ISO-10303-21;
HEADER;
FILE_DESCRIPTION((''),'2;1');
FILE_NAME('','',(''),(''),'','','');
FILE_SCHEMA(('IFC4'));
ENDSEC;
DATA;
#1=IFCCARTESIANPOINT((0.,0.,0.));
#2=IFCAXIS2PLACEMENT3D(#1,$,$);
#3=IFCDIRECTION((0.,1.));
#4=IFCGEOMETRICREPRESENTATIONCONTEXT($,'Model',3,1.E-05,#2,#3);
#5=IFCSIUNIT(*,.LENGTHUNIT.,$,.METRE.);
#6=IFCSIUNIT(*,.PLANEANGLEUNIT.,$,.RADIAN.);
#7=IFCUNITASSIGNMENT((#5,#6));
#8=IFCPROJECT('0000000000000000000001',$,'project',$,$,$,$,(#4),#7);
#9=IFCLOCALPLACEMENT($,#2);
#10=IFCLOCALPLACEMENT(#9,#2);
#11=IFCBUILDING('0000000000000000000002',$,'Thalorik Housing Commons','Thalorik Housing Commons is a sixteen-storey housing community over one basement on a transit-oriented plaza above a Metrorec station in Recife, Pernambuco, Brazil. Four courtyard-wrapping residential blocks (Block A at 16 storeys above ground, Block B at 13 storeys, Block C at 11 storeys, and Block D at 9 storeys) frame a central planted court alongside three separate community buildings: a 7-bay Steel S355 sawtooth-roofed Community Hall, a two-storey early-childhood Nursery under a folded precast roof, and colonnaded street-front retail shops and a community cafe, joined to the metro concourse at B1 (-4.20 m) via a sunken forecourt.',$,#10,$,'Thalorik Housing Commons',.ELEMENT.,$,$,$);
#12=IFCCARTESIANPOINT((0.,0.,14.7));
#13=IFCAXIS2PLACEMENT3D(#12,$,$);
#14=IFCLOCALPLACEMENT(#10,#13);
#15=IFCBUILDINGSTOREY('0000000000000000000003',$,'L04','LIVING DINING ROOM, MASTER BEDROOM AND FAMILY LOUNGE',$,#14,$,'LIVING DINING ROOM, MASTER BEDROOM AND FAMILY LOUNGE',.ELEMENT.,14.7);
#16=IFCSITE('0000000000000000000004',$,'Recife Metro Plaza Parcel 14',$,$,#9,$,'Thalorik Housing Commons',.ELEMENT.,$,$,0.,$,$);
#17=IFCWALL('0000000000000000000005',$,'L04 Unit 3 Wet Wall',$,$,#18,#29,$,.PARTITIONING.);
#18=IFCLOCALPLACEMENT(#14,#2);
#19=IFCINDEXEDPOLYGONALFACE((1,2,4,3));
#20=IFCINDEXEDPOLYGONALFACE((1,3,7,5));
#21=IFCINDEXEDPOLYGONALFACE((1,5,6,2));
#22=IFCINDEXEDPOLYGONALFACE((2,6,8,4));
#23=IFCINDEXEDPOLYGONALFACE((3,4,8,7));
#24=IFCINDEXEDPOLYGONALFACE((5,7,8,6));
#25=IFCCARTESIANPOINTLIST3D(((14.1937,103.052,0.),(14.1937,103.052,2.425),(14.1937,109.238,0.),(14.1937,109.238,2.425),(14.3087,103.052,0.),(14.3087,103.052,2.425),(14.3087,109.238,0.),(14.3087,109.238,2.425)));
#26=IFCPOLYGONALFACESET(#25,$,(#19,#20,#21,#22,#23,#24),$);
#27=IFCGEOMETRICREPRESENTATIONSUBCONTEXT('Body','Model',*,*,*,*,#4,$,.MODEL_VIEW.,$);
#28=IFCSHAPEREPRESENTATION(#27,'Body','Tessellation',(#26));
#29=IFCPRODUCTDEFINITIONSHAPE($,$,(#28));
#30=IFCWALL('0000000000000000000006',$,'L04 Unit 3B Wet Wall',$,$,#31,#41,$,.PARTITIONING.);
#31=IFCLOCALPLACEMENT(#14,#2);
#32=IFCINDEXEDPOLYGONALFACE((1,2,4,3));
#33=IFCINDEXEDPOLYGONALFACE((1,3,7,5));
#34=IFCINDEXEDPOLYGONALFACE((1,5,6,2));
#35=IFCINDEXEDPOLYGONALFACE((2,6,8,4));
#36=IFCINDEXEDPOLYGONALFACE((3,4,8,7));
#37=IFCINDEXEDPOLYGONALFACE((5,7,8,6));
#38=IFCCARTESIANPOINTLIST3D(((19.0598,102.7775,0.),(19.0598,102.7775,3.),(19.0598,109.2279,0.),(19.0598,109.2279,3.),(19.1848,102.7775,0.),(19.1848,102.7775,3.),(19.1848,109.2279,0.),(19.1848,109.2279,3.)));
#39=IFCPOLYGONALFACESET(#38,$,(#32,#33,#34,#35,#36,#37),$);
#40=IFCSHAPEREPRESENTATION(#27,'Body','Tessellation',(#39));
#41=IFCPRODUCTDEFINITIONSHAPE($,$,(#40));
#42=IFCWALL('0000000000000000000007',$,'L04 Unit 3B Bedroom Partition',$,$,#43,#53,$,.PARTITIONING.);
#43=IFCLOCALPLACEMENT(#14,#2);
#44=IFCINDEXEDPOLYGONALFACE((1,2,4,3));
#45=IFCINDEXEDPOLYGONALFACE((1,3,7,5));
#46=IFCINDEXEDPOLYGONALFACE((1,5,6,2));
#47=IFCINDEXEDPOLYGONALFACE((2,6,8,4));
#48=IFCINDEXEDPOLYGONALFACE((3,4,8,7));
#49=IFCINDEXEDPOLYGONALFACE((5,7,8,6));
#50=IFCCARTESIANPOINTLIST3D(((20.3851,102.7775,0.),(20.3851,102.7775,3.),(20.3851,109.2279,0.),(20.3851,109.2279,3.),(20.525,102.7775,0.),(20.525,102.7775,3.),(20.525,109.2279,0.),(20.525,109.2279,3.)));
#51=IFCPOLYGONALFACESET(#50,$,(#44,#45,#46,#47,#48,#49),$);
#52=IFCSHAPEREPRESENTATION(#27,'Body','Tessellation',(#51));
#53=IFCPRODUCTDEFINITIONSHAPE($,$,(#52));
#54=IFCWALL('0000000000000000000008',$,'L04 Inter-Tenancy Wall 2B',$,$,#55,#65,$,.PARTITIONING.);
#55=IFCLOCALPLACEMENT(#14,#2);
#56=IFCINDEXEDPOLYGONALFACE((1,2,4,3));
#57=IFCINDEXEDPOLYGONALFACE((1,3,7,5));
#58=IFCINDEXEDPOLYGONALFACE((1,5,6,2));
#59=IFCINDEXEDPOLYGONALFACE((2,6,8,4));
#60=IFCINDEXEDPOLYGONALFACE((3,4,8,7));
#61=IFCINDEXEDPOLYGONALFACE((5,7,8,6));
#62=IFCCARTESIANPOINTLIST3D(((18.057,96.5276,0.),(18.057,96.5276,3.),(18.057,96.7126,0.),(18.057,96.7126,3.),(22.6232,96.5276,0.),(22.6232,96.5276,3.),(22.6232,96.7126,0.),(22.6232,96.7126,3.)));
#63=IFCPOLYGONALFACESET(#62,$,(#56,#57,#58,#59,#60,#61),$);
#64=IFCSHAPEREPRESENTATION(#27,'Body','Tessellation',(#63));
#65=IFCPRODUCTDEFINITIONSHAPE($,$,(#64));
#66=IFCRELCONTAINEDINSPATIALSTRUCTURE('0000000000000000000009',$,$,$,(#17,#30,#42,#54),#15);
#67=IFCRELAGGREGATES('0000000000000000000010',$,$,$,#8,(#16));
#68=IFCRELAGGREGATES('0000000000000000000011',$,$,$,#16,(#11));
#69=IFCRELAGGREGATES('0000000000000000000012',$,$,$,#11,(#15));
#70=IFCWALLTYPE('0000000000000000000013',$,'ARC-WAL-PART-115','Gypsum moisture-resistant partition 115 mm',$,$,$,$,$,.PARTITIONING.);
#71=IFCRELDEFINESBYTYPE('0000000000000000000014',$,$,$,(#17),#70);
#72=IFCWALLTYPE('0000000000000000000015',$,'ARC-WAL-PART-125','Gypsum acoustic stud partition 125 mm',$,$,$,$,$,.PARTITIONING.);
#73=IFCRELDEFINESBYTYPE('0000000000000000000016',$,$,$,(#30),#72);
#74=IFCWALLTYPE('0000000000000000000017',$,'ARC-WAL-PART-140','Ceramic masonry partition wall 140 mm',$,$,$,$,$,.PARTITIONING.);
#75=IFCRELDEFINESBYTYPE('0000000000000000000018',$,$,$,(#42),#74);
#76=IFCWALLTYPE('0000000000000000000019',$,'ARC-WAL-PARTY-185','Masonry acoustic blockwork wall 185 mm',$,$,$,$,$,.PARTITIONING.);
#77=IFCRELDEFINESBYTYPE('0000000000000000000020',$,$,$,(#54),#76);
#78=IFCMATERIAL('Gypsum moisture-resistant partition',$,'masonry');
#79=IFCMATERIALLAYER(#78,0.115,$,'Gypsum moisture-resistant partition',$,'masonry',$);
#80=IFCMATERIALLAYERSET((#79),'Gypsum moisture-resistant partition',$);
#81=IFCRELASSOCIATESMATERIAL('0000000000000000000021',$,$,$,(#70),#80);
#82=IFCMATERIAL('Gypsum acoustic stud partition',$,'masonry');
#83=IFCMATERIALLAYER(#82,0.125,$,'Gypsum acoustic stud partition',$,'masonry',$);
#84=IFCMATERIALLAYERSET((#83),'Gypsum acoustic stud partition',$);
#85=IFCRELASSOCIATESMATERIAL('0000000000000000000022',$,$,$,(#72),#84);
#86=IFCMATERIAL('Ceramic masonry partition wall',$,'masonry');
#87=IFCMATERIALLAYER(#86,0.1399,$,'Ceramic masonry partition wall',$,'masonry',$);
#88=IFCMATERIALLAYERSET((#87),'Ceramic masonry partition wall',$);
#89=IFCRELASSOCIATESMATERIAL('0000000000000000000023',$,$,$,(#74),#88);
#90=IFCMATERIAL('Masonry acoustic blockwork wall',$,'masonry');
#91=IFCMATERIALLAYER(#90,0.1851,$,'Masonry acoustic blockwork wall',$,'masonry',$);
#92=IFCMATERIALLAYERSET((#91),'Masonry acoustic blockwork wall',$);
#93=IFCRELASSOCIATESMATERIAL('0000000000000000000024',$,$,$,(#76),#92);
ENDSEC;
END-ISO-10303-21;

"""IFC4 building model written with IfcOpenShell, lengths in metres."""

from ifc_helpers import new_model, si_unit, direction, frame, frame_2d, origin, place, context, subcontext, project, spatial, rectangle, extrude, material, layer, layer_set, type_object, element, save


model = new_model("IFC4")

# Units and contexts
model_context = context("Model", 3, precision=1e-05, world=origin(), true_north=direction((0.0, 1.0)))
body_context = subcontext(model_context, "Body", "Model", "MODEL_VIEW")
ifc_project = project(units=[si_unit("LENGTHUNIT", "METRE"), si_unit("PLANEANGLEUNIT", "RADIAN")], contexts=[model_context])

# Site, building, storey
site_placement = place(None, origin())
site = spatial("IfcSite", under=ifc_project, at=site_placement, Name="Recife Metro Plaza Parcel 14", LongName="Thalorik Housing Commons", CompositionType="ELEMENT", RefElevation=0.0)
building_placement = place(site_placement, origin())
building = spatial("IfcBuilding", under=site, at=building_placement, Name="Thalorik Housing Commons", Description="Thalorik Housing Commons is a sixteen-storey housing community over one basement on a transit-oriented plaza above a Metrorec station in Recife, Pernambuco, Brazil. Four courtyard-wrapping residential blocks (Block A at 16 storeys above ground, Block B at 13 storeys, Block C at 11 storeys, and Block D at 9 storeys) frame a central planted court alongside three separate community buildings: a 7-bay Steel S355 sawtooth-roofed Community Hall, a two-storey early-childhood Nursery under a folded precast roof, and colonnaded street-front retail shops and a community cafe, joined to the metro concourse at B1 (-4.20 m) via a sunken forecourt.", LongName="Thalorik Housing Commons", CompositionType="ELEMENT")
storey_placement = place(building_placement, frame((0.0, 0.0, 14.7)))
storey = spatial("IfcBuildingStorey", under=building, at=storey_placement, Name="L04", Description="LIVING DINING ROOM, MASTER BEDROOM AND FAMILY LOUNGE", LongName="LIVING DINING ROOM, MASTER BEDROOM AND FAMILY LOUNGE", CompositionType="ELEMENT", Elevation=14.7)

# Walls
ifc_material_1 = material(Name="Gypsum moisture-resistant partition", Category="masonry")
ifc_layer_1 = layer(ifc_material_1, 0.115, Name="Gypsum moisture-resistant partition", Category="masonry")
ifc_layer_set_1 = layer_set([ifc_layer_1], Name="Gypsum moisture-resistant partition")
wall_type_1 = type_object("IfcWallType", Name="ARC-WAL-PART-115", Description="Gypsum moisture-resistant partition 115 mm", PredefinedType="PARTITIONING", material=ifc_layer_set_1)
wall_1_placement = place(storey_placement, frame((14.2512, 103.052, 0.0), z_axis=(0.0, 0.0, 1.0), x_axis=(0.0, 1.0, 0.0)))
element("IfcWall", 1, at=wall_1_placement, inside=storey, type_object=wall_type_1, Name="L04 Unit 3 Wet Wall", PredefinedType="PARTITIONING", context=body_context, shape_type="SweptSolid", body=[
    extrude(rectangle(XDim=6.186, YDim=0.115, at=frame_2d((3.093, 0.0))), origin(), (0.0, 0.0, 1.0), 2.425),
])
ifc_material_2 = material(Name="Gypsum acoustic stud partition", Category="masonry")
ifc_layer_2 = layer(ifc_material_2, 0.125, Name="Gypsum acoustic stud partition", Category="masonry")
ifc_layer_set_2 = layer_set([ifc_layer_2], Name="Gypsum acoustic stud partition")
wall_type_2 = type_object("IfcWallType", Name="ARC-WAL-PART-125", Description="Gypsum acoustic stud partition 125 mm", PredefinedType="PARTITIONING", material=ifc_layer_set_2)
wall_2_placement = place(storey_placement, frame((19.1223, 102.7776, 0.0), z_axis=(0.0, 0.0, 1.0), x_axis=(0.0, 1.0, 0.0)))
element("IfcWall", 2, at=wall_2_placement, inside=storey, type_object=wall_type_2, Name="L04 Unit 3B Wet Wall", PredefinedType="PARTITIONING", context=body_context, shape_type="SweptSolid", body=[
    extrude(rectangle(XDim=6.4504, YDim=0.125, at=frame_2d((3.2251, 0.0))), origin(), (0.0, 0.0, 1.0), 3.0),
])
ifc_material_3 = material(Name="Ceramic masonry partition wall", Category="masonry")
ifc_layer_3 = layer(ifc_material_3, 0.1399, Name="Ceramic masonry partition wall", Category="masonry")
ifc_layer_set_3 = layer_set([ifc_layer_3], Name="Ceramic masonry partition wall")
wall_type_3 = type_object("IfcWallType", Name="ARC-WAL-PART-140", Description="Ceramic masonry partition wall 140 mm", PredefinedType="PARTITIONING", material=ifc_layer_set_3)
wall_3_placement = place(storey_placement, frame((20.4551, 102.7776, 0.0), z_axis=(0.0, 0.0, 1.0), x_axis=(0.0, 1.0, 0.0)))
element("IfcWall", 3, at=wall_3_placement, inside=storey, type_object=wall_type_3, Name="L04 Unit 3B Bedroom Partition", PredefinedType="PARTITIONING", context=body_context, shape_type="SweptSolid", body=[
    extrude(rectangle(XDim=6.4504, YDim=0.1399, at=frame_2d((3.2251, 0.0))), origin(), (0.0, 0.0, 1.0), 3.0),
])
ifc_material_4 = material(Name="Masonry acoustic blockwork wall", Category="masonry")
ifc_layer_4 = layer(ifc_material_4, 0.1851, Name="Masonry acoustic blockwork wall", Category="masonry")
ifc_layer_set_4 = layer_set([ifc_layer_4], Name="Masonry acoustic blockwork wall")
wall_type_4 = type_object("IfcWallType", Name="ARC-WAL-PARTY-185", Description="Masonry acoustic blockwork wall 185 mm", PredefinedType="PARTITIONING", material=ifc_layer_set_4)
wall_4_placement = place(storey_placement, frame((18.0569, 96.6201, 0.0), z_axis=(0.0, 0.0, 1.0), x_axis=(1.0, 0.0, 0.0)))
element("IfcWall", 4, at=wall_4_placement, inside=storey, type_object=wall_type_4, Name="L04 Inter-Tenancy Wall 2B", PredefinedType="PARTITIONING", context=body_context, shape_type="SweptSolid", body=[
    extrude(rectangle(XDim=4.5662, YDim=0.1851, at=frame_2d((2.2832, 0.0))), origin(), (0.0, 0.0, 1.0), 3.0),
])

save(model, "model.ifc")
